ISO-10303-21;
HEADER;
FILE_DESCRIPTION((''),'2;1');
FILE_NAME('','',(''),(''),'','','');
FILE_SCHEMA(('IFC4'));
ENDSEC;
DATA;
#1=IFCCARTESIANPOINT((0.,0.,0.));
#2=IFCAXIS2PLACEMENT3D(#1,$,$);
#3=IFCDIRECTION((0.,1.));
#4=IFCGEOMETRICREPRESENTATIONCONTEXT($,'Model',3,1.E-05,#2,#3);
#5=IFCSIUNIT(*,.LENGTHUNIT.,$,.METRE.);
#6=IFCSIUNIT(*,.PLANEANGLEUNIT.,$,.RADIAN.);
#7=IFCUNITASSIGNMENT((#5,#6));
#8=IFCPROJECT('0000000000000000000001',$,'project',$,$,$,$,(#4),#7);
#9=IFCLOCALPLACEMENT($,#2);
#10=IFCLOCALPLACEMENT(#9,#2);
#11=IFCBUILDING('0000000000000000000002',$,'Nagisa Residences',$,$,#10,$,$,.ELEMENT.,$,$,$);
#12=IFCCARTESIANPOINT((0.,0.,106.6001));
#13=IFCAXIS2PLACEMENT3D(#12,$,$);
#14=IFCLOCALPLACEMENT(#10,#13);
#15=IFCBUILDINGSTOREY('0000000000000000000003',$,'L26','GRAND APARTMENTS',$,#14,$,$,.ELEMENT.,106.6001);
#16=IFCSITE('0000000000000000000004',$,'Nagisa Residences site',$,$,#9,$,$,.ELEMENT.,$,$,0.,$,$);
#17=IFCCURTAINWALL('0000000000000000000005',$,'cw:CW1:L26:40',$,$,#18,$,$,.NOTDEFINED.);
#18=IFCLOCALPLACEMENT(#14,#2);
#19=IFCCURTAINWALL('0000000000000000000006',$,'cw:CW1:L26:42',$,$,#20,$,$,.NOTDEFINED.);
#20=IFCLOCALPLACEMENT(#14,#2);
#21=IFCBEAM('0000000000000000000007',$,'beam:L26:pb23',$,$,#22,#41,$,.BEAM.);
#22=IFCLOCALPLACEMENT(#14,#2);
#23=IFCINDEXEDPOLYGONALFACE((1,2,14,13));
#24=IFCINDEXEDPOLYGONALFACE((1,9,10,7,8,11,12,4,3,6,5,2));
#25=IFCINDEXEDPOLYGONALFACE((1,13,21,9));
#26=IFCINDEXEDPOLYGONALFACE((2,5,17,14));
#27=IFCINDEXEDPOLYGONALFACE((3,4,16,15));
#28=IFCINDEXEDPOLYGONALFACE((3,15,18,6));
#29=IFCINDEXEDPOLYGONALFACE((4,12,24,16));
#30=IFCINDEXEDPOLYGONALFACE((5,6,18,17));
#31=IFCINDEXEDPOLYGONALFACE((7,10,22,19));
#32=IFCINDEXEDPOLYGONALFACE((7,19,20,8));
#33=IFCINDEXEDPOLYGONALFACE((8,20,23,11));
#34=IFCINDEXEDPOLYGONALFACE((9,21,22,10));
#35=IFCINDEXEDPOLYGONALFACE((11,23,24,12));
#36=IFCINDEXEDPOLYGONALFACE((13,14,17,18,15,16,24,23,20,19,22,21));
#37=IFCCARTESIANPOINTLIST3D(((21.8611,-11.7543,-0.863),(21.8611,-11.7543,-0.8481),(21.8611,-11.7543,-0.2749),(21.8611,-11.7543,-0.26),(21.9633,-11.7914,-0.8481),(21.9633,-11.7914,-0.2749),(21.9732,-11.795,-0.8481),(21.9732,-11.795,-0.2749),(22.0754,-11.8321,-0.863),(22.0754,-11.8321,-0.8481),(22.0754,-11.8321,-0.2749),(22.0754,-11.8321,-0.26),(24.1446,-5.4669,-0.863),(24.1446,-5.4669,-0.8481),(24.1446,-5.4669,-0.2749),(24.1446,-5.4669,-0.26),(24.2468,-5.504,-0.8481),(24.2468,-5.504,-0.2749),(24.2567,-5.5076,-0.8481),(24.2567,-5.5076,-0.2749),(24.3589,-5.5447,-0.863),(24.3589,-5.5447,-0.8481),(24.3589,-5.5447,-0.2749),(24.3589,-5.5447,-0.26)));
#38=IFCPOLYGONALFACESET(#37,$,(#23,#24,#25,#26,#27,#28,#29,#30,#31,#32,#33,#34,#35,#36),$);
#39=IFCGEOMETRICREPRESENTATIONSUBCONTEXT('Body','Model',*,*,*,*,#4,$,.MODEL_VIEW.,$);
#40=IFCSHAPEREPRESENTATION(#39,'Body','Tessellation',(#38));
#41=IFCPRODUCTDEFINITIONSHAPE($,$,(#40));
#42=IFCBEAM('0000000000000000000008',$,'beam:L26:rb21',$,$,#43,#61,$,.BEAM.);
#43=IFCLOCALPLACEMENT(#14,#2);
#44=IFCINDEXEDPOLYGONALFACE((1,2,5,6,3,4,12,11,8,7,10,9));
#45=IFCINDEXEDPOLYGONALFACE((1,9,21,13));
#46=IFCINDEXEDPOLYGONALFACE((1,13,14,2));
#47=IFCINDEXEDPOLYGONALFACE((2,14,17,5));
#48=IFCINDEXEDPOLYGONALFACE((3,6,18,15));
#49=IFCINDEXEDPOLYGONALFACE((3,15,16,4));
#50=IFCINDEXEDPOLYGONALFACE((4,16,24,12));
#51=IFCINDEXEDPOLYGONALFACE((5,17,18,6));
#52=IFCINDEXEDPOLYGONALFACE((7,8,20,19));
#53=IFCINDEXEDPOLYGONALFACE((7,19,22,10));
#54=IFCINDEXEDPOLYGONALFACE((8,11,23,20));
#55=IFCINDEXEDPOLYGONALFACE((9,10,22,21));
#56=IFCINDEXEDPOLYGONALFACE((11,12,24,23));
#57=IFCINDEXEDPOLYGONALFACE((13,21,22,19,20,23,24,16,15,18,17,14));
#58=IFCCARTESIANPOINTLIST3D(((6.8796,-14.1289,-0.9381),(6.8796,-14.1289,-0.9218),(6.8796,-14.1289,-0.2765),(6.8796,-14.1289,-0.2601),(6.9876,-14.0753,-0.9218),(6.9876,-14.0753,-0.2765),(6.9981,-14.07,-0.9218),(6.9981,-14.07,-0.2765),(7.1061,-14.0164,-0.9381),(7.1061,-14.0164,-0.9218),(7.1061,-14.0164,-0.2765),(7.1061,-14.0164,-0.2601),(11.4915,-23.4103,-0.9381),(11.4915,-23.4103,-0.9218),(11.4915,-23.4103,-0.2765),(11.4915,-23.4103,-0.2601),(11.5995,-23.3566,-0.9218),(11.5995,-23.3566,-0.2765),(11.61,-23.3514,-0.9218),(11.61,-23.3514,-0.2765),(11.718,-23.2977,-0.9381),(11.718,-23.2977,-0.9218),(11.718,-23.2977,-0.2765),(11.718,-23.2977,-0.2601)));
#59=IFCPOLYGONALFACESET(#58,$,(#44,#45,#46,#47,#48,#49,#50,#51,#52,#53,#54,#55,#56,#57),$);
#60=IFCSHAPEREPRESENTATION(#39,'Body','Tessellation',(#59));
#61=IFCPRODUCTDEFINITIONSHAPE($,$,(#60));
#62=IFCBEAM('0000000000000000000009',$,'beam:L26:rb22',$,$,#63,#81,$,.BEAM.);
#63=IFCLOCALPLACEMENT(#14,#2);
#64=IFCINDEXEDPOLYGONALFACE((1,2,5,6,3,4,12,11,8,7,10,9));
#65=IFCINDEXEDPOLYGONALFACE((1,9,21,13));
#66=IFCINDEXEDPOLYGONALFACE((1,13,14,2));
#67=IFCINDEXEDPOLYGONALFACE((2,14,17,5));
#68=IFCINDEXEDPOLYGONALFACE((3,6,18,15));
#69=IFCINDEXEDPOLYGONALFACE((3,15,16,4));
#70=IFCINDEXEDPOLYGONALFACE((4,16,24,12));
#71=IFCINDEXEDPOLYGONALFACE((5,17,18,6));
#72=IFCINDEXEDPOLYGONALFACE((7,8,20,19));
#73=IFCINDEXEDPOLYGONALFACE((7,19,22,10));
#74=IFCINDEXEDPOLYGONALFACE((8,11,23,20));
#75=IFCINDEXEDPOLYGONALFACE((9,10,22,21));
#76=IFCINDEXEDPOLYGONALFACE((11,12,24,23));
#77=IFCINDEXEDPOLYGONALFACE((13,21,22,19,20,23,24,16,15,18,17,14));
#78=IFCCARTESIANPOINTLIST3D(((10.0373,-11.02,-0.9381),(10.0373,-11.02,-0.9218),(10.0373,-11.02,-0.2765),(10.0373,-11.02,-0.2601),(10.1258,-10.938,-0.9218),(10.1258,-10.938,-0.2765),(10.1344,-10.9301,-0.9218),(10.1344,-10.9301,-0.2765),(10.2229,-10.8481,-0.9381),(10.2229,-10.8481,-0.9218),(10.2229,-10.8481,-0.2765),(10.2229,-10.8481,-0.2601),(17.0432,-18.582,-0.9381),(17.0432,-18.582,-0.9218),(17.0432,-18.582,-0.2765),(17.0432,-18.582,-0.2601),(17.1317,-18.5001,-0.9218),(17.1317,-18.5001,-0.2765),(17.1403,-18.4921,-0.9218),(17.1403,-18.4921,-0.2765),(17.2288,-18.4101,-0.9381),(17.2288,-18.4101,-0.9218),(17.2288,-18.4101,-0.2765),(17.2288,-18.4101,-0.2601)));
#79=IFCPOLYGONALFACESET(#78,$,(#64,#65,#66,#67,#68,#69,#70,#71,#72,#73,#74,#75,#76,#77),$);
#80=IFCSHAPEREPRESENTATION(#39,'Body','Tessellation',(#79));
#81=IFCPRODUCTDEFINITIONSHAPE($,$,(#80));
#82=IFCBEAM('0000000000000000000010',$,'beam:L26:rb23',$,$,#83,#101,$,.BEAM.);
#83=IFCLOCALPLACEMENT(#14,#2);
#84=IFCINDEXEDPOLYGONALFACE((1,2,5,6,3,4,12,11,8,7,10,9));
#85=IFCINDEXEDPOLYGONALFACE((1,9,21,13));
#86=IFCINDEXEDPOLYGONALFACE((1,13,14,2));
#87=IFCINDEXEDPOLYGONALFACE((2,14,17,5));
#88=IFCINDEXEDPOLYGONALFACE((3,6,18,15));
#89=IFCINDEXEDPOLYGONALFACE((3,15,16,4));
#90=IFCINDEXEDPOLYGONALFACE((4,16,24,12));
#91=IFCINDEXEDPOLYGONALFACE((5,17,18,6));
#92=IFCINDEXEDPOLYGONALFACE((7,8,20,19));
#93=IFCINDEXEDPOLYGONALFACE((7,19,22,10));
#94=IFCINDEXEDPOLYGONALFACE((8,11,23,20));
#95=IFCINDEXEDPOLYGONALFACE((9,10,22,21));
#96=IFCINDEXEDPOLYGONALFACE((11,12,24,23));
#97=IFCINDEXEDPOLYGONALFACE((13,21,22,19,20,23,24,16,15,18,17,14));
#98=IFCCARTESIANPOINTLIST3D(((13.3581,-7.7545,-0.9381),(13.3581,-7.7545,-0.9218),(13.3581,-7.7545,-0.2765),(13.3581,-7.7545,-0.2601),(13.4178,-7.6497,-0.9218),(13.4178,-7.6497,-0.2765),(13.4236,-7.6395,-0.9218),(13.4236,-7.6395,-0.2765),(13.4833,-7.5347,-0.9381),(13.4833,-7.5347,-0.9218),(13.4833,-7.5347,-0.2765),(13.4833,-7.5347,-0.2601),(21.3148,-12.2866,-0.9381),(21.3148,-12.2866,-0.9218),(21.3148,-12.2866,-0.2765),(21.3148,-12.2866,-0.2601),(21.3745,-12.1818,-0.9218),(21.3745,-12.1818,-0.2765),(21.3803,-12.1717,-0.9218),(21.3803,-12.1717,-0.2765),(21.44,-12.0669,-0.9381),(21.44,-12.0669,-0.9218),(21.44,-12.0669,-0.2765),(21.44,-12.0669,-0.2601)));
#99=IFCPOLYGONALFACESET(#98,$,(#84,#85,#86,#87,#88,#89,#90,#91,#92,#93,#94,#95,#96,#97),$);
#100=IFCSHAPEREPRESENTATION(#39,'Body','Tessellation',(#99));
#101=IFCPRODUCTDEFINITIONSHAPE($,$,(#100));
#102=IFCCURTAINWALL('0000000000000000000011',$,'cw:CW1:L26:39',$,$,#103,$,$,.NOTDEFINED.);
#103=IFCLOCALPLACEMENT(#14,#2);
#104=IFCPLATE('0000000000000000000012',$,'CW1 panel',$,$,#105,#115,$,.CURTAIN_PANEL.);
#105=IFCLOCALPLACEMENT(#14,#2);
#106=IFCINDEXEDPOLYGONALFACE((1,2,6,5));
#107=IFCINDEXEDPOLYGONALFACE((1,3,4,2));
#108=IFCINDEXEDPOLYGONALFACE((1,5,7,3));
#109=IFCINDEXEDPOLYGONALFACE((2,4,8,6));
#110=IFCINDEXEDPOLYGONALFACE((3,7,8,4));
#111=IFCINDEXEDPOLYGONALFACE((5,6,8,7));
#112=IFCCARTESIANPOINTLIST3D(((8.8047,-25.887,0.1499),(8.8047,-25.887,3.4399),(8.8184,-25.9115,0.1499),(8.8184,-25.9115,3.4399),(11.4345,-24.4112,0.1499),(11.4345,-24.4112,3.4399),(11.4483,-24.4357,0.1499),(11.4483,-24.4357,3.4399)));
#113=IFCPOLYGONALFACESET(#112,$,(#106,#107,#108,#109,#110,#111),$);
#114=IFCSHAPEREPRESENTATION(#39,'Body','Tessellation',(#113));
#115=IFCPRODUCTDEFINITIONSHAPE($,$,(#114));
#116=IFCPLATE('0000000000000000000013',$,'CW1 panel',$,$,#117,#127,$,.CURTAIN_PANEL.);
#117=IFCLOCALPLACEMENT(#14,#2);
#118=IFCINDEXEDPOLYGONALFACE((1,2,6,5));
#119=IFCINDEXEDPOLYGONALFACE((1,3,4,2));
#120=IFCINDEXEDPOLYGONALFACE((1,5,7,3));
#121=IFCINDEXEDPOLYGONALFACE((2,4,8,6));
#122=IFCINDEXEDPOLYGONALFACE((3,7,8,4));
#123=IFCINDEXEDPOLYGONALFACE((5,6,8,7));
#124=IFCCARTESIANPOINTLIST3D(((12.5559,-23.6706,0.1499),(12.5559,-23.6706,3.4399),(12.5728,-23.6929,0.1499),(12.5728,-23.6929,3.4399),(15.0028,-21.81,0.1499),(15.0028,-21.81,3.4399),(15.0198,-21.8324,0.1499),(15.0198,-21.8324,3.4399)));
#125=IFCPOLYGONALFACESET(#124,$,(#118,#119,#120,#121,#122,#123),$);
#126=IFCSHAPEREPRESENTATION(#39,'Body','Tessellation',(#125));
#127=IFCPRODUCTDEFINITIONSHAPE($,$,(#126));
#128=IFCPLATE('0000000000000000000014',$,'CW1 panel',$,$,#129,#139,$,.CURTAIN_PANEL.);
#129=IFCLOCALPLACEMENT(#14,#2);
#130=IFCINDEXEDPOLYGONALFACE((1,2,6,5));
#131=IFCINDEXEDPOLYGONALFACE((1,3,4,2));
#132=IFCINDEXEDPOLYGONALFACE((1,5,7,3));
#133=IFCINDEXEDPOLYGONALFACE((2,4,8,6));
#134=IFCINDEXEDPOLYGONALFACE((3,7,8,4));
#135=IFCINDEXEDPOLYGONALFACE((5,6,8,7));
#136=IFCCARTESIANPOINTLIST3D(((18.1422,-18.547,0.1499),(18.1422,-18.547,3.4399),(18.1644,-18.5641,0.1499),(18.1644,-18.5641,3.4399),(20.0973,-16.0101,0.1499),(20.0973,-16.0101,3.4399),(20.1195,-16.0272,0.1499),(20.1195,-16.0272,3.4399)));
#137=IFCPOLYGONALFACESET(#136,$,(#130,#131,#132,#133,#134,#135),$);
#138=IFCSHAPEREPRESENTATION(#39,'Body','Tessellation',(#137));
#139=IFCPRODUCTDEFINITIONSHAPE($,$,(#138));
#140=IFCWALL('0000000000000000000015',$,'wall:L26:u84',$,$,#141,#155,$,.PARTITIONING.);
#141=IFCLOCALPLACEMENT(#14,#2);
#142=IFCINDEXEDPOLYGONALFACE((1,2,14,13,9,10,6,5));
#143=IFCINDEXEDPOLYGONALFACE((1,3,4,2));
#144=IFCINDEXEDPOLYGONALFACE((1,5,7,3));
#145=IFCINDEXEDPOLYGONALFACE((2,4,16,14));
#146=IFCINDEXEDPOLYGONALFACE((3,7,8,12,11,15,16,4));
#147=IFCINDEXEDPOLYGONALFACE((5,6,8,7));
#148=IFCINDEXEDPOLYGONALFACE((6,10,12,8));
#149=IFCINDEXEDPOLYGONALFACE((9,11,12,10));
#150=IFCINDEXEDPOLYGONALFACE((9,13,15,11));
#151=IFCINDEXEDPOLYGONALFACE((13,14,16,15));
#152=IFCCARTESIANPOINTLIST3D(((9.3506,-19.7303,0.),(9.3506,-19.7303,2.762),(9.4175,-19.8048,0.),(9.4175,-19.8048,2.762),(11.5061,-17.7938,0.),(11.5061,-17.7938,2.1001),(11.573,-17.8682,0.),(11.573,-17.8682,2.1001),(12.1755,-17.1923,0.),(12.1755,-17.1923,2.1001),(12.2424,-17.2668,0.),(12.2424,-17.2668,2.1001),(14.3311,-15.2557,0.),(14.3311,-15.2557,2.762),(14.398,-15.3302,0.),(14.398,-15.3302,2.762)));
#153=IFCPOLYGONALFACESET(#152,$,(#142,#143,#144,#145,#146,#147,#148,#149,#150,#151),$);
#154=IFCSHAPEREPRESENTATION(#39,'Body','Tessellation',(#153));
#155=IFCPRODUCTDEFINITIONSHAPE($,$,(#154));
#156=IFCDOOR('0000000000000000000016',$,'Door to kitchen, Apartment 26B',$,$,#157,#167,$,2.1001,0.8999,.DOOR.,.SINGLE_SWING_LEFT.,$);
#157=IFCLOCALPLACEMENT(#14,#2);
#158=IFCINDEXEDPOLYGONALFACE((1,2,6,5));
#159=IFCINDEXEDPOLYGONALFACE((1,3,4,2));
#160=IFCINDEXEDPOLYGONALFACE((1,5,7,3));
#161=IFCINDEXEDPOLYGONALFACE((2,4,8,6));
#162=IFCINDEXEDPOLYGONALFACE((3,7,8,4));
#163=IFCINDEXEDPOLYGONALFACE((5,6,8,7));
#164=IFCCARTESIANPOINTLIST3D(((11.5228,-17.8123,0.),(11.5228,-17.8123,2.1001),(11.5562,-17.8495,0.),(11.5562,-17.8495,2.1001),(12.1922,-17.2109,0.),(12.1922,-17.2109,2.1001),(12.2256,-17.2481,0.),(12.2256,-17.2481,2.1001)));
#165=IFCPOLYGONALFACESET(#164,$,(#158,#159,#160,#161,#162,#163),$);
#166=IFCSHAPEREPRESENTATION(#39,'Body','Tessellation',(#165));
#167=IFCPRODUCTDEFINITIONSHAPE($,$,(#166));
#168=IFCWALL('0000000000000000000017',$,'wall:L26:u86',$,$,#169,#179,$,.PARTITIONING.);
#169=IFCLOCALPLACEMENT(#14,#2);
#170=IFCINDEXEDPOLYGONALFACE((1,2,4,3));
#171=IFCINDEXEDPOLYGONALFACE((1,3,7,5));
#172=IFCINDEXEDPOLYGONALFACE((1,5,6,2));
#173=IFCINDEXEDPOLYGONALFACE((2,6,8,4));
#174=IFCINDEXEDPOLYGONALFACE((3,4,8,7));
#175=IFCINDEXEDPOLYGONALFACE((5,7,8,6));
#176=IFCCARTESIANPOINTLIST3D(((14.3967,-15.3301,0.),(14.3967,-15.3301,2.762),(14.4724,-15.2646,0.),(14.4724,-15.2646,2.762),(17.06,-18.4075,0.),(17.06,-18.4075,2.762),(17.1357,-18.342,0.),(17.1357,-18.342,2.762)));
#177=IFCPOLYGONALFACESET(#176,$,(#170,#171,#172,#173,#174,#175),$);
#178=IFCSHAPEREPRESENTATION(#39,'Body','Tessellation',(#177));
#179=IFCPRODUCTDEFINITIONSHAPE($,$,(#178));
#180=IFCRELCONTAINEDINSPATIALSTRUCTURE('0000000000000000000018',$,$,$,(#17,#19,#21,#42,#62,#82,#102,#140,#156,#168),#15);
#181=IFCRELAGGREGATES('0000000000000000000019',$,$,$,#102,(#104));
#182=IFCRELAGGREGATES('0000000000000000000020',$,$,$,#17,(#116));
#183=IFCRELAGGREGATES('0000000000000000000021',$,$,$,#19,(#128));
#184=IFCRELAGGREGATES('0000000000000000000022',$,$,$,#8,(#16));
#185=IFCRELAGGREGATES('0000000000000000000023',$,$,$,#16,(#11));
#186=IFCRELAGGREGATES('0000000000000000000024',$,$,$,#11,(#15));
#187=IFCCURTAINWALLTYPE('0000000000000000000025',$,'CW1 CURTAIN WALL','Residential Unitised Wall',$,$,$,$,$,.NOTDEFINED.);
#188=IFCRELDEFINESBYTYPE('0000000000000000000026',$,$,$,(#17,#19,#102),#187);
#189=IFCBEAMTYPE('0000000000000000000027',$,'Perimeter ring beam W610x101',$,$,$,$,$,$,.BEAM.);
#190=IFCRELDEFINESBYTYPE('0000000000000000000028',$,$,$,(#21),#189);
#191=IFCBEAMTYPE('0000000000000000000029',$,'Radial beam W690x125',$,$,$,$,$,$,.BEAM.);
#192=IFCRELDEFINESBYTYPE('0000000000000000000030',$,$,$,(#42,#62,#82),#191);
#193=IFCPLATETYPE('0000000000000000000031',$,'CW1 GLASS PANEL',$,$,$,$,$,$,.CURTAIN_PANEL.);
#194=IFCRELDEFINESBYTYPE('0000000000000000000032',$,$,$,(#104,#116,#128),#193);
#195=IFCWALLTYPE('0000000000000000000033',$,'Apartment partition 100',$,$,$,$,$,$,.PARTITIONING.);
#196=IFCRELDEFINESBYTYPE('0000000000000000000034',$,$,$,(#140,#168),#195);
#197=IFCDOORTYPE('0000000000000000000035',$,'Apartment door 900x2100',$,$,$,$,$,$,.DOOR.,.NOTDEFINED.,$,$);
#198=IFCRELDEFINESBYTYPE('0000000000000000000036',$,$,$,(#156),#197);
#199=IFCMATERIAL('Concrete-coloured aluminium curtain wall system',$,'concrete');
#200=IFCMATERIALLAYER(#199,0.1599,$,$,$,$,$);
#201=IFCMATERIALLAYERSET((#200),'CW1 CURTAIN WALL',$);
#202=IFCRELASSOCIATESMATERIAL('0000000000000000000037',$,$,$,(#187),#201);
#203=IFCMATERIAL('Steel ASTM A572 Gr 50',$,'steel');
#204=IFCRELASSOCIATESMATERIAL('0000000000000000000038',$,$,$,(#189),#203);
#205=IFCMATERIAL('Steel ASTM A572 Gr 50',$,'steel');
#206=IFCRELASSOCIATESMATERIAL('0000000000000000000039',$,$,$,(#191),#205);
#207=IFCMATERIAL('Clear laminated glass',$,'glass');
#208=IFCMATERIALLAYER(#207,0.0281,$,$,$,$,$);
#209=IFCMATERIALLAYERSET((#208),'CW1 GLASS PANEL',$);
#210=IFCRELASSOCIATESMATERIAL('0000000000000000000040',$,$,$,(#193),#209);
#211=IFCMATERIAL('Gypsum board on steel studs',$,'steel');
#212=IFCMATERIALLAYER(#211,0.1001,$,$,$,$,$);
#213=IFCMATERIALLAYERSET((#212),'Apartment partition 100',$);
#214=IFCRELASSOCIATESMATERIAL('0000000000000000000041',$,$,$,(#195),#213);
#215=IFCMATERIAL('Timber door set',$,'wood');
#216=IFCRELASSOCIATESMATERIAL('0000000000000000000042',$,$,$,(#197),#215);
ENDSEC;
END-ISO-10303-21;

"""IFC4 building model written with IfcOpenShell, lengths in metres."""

from ifc_helpers import new_model, si_unit, direction, frame, frame_2d, origin, origin_2d, place, context, subcontext, project, spatial, rectangle, i_section, extrude, material, layer, layer_set, material_profile, profile_set, type_object, element, fill, aggregate, save


model = new_model("IFC4")

# Units and contexts
model_context = context("Model", 3, precision=1e-05, world=origin(), true_north=direction((0.0, 1.0)))
body_context = subcontext(model_context, "Body", "Model", "MODEL_VIEW")
ifc_project = project(units=[si_unit("LENGTHUNIT", "METRE"), si_unit("PLANEANGLEUNIT", "RADIAN")], contexts=[model_context])

# Site, building, storey
site_placement = place(None, origin())
site = spatial("IfcSite", under=ifc_project, at=site_placement, Name="Nagisa Residences site", CompositionType="ELEMENT", RefElevation=0.0)
building_placement = place(site_placement, origin())
building = spatial("IfcBuilding", under=site, at=building_placement, Name="Nagisa Residences", CompositionType="ELEMENT")
storey_placement = place(building_placement, frame((0.0, 0.0, 106.6001)))
storey = spatial("IfcBuildingStorey", under=building, at=storey_placement, Name="L26", Description="GRAND APARTMENTS", CompositionType="ELEMENT", Elevation=106.6001)

# Curtain walls
ifc_material_1 = material(Name="Concrete-coloured aluminium curtain wall system", Category="concrete")
ifc_layer_1 = layer(ifc_material_1, 0.1599)
ifc_layer_set_1 = layer_set([ifc_layer_1], Name="CW1 CURTAIN WALL")
curtain_wall_type = type_object("IfcCurtainWallType", Name="CW1 CURTAIN WALL", Description="Residential Unitised Wall", PredefinedType="NOTDEFINED", material=ifc_layer_set_1)
curtain_wall_1_placement = place(storey_placement, origin())
curtain_wall_1 = element("IfcCurtainWall", 1, at=curtain_wall_1_placement, inside=storey, type_object=curtain_wall_type, Name="cw:CW1:L26:40", PredefinedType="NOTDEFINED")
curtain_wall_2_placement = place(storey_placement, origin())
curtain_wall_2 = element("IfcCurtainWall", 2, at=curtain_wall_2_placement, inside=storey, type_object=curtain_wall_type, Name="cw:CW1:L26:42", PredefinedType="NOTDEFINED")

# Beams
ifc_material_2 = material(Name="Steel ASTM A572 Gr 50", Category="steel")
ifc_material_profile_1 = material_profile(ifc_material_2, i_section(OverallWidth=0.228, OverallDepth=0.603, WebThickness=0.0105, FlangeThickness=0.0149, at=origin_2d()), Name="W610x101")
ifc_profile_set_1 = profile_set([ifc_material_profile_1], Name="Steel ASTM A572 Gr 50")
beam_type_1 = type_object("IfcBeamType", Name="Perimeter ring beam W610x101", PredefinedType="BEAM", material=ifc_profile_set_1)
beam_1_placement = place(storey_placement, frame((21.9683, -11.7932, -0.5615), z_axis=(0.341365, 0.939931, 0.0), x_axis=(-0.939931, 0.341365, 0.0)))
element("IfcBeam", 3, at=beam_1_placement, inside=storey, type_object=beam_type_1, Name="beam:L26:pb23", PredefinedType="BEAM", context=body_context, shape_type="SweptSolid", body=[
    extrude(i_section(OverallWidth=0.228, OverallDepth=0.603, WebThickness=0.0105, FlangeThickness=0.0149, at=origin_2d()), origin(), (0.0, 0.0, 1.0), 6.6892),
])
ifc_material_3 = material(Name="Steel ASTM A572 Gr 50", Category="steel")
ifc_material_profile_2 = material_profile(ifc_material_3, i_section(OverallWidth=0.2529, OverallDepth=0.678, WebThickness=0.0117, FlangeThickness=0.0164, at=origin_2d()), Name="W690x125")
ifc_profile_set_2 = profile_set([ifc_material_profile_2], Name="Steel ASTM A572 Gr 50")
beam_type_2 = type_object("IfcBeamType", Name="Radial beam W690x125", PredefinedType="BEAM", material=ifc_profile_set_2)
beam_2_placement = place(storey_placement, frame((11.6047, -23.354, -0.5991), z_axis=(-0.444988, 0.895536, 0.0), x_axis=(-0.895536, -0.444988, 0.0)))
element("IfcBeam", 4, at=beam_2_placement, inside=storey, type_object=beam_type_2, Name="beam:L26:rb21", PredefinedType="BEAM", context=body_context, shape_type="SweptSolid", body=[
    extrude(i_section(OverallWidth=0.2529, OverallDepth=0.678, WebThickness=0.0117, FlangeThickness=0.0164, at=origin_2d()), origin(), (0.0, 0.0, 1.0), 10.364),
])
beam_3_placement = place(storey_placement, frame((17.136, -18.4961, -0.5991), z_axis=(-0.679617, 0.733567, 0.0), x_axis=(-0.733567, -0.679617, 0.0)))
element("IfcBeam", 5, at=beam_3_placement, inside=storey, type_object=beam_type_2, Name="beam:L26:rb22", PredefinedType="BEAM", context=body_context, shape_type="SweptSolid", body=[
    extrude(i_section(OverallWidth=0.2529, OverallDepth=0.678, WebThickness=0.0117, FlangeThickness=0.0164, at=origin_2d()), origin(), (0.0, 0.0, 1.0), 10.3086),
])
beam_4_placement = place(storey_placement, frame((21.3774, -12.1768, -0.5991), z_axis=(-0.868925, 0.494944, 0.0), x_axis=(-0.494944, -0.868925, 0.0)))
element("IfcBeam", 6, at=beam_4_placement, inside=storey, type_object=beam_type_2, Name="beam:L26:rb23", PredefinedType="BEAM", context=body_context, shape_type="SweptSolid", body=[
    extrude(i_section(OverallWidth=0.2529, OverallDepth=0.678, WebThickness=0.0117, FlangeThickness=0.0164, at=origin_2d()), origin(), (0.0, 0.0, 1.0), 9.157),
])

# Curtain wall, plate
curtain_wall_3_placement = place(storey_placement, origin())
curtain_wall_3 = element("IfcCurtainWall", 7, at=curtain_wall_3_placement, inside=storey, type_object=curtain_wall_type, Name="cw:CW1:L26:39", PredefinedType="NOTDEFINED")
ifc_material_4 = material(Name="Clear laminated glass", Category="glass")
ifc_layer_2 = layer(ifc_material_4, 0.0281)
ifc_layer_set_2 = layer_set([ifc_layer_2], Name="CW1 GLASS PANEL")
plate_type = type_object("IfcPlateType", Name="CW1 GLASS PANEL", PredefinedType="CURTAIN_PANEL", material=ifc_layer_set_2)
plate_1_placement = place(storey_placement, frame((10.1265, -25.1614, 0.1499), z_axis=(0.0, 0.0, 1.0), x_axis=(0.872072, 0.489377, 0.0)))
plate_1 = element("IfcPlate", 8, at=plate_1_placement, type_object=plate_type, Name="CW1 panel", PredefinedType="CURTAIN_PANEL", context=body_context, shape_type="SweptSolid", body=[
    extrude(rectangle(XDim=3.0156, YDim=0.0281, at=origin_2d()), origin(), (0.0, 0.0, 1.0), 3.29),
])
aggregate(curtain_wall_3, [plate_1])

# Plates
plate_2_placement = place(storey_placement, frame((13.7878, -22.7515, 0.1499), z_axis=(0.0, 0.0, 1.0), x_axis=(0.796031, 0.605255, 0.0)))
plate_2 = element("IfcPlate", 9, at=plate_2_placement, type_object=plate_type, Name="CW1 panel", PredefinedType="CURTAIN_PANEL", context=body_context, shape_type="SweptSolid", body=[
    extrude(rectangle(XDim=3.074, YDim=0.0281, at=origin_2d()), origin(), (0.0, 0.0, 1.0), 3.29),
])
aggregate(curtain_wall_1, [plate_2])
plate_3_placement = place(storey_placement, frame((19.1309, -17.2871, 0.1499), z_axis=(0.0, 0.0, 1.0), x_axis=(0.61043, 0.79207, 0.0)))
plate_3 = element("IfcPlate", 10, at=plate_3_placement, type_object=plate_type, Name="CW1 panel", PredefinedType="CURTAIN_PANEL", context=body_context, shape_type="SweptSolid", body=[
    extrude(rectangle(XDim=3.2029, YDim=0.0281, at=origin_2d()), origin(), (0.0, 0.0, 1.0), 3.29),
])
aggregate(curtain_wall_2, [plate_3])

# Wall, opening, door
ifc_material_5 = material(Name="Gypsum board on steel studs", Category="steel")
ifc_layer_3 = layer(ifc_material_5, 0.1001)
ifc_layer_set_3 = layer_set([ifc_layer_3], Name="Apartment partition 100")
wall_type_1 = type_object("IfcWallType", Name="Apartment partition 100", PredefinedType="PARTITIONING", material=ifc_layer_set_3)
wall_1_placement = place(storey_placement, frame((9.384, -19.7676, 0.0), z_axis=(0.0, 0.0, 1.0), x_axis=(0.743874, 0.66832, 0.0)))
wall_1 = element("IfcWall", 11, at=wall_1_placement, inside=storey, type_object=wall_type_1, Name="wall:L26:u84", PredefinedType="PARTITIONING", context=body_context, shape_type="SweptSolid", body=[
    extrude(rectangle(XDim=6.6953, YDim=0.1001, at=frame_2d((3.3477, 0.0))), origin(), (0.0, 0.0, 1.0), 2.762),
])
opening_1_placement = place(wall_1_placement, frame((2.8977, 0.0, 0.0)))
opening_1 = element("IfcOpeningElement", 12, at=opening_1_placement, cuts=wall_1, PredefinedType="OPENING", context=body_context, shape_type="SweptSolid", body=[
    extrude(rectangle(XDim=0.8999, YDim=2.1001, at=frame_2d((0.45, 1.05))), frame((0.0, 0.0601, 0.0), z_axis=(0.0, -1.0, 0.0), x_axis=(1.0, 0.0, 0.0)), (0.0, 0.0, 1.0), 0.1201),
])
ifc_material_6 = material(Name="Timber door set", Category="wood")
door_type_1 = type_object("IfcDoorType", Name="Apartment door 900x2100", OperationType="NOTDEFINED", PredefinedType="DOOR", material=ifc_material_6)
door_1_placement = place(opening_1_placement, frame((0.8999, 0.0, 0.0), x_axis=(-1.0, 0.0, 0.0)))
door_1 = element("IfcDoor", 13, at=door_1_placement, inside=storey, type_object=door_type_1, Name="Door to kitchen, Apartment 26B", OperationType="SINGLE_SWING_LEFT", OverallHeight=2.1001, OverallWidth=0.8999, PredefinedType="DOOR", context=body_context, shape_type="SweptSolid", body=[
    extrude(rectangle(XDim=0.8999, YDim=2.1001, at=frame_2d((0.45, 1.05))), frame((0.0, 0.0249, 0.0), z_axis=(0.0, -1.0, 0.0), x_axis=(1.0, 0.0, 0.0)), (0.0, 0.0, 1.0), 0.05),
])
fill(opening_1, door_1)

# Wall
wall_2_placement = place(storey_placement, frame((14.4346, -15.2974, 0.0), z_axis=(0.0, 0.0, 1.0), x_axis=(0.654405, -0.756144, 0.0)))
element("IfcWall", 14, at=wall_2_placement, inside=storey, type_object=wall_type_1, Name="wall:L26:u86", PredefinedType="PARTITIONING", context=body_context, shape_type="SweptSolid", body=[
    extrude(rectangle(XDim=4.0698, YDim=0.1001, at=frame_2d((2.0349, 0.0))), origin(), (0.0, 0.0, 1.0), 2.762),
])

save(model, "model.ifc")
